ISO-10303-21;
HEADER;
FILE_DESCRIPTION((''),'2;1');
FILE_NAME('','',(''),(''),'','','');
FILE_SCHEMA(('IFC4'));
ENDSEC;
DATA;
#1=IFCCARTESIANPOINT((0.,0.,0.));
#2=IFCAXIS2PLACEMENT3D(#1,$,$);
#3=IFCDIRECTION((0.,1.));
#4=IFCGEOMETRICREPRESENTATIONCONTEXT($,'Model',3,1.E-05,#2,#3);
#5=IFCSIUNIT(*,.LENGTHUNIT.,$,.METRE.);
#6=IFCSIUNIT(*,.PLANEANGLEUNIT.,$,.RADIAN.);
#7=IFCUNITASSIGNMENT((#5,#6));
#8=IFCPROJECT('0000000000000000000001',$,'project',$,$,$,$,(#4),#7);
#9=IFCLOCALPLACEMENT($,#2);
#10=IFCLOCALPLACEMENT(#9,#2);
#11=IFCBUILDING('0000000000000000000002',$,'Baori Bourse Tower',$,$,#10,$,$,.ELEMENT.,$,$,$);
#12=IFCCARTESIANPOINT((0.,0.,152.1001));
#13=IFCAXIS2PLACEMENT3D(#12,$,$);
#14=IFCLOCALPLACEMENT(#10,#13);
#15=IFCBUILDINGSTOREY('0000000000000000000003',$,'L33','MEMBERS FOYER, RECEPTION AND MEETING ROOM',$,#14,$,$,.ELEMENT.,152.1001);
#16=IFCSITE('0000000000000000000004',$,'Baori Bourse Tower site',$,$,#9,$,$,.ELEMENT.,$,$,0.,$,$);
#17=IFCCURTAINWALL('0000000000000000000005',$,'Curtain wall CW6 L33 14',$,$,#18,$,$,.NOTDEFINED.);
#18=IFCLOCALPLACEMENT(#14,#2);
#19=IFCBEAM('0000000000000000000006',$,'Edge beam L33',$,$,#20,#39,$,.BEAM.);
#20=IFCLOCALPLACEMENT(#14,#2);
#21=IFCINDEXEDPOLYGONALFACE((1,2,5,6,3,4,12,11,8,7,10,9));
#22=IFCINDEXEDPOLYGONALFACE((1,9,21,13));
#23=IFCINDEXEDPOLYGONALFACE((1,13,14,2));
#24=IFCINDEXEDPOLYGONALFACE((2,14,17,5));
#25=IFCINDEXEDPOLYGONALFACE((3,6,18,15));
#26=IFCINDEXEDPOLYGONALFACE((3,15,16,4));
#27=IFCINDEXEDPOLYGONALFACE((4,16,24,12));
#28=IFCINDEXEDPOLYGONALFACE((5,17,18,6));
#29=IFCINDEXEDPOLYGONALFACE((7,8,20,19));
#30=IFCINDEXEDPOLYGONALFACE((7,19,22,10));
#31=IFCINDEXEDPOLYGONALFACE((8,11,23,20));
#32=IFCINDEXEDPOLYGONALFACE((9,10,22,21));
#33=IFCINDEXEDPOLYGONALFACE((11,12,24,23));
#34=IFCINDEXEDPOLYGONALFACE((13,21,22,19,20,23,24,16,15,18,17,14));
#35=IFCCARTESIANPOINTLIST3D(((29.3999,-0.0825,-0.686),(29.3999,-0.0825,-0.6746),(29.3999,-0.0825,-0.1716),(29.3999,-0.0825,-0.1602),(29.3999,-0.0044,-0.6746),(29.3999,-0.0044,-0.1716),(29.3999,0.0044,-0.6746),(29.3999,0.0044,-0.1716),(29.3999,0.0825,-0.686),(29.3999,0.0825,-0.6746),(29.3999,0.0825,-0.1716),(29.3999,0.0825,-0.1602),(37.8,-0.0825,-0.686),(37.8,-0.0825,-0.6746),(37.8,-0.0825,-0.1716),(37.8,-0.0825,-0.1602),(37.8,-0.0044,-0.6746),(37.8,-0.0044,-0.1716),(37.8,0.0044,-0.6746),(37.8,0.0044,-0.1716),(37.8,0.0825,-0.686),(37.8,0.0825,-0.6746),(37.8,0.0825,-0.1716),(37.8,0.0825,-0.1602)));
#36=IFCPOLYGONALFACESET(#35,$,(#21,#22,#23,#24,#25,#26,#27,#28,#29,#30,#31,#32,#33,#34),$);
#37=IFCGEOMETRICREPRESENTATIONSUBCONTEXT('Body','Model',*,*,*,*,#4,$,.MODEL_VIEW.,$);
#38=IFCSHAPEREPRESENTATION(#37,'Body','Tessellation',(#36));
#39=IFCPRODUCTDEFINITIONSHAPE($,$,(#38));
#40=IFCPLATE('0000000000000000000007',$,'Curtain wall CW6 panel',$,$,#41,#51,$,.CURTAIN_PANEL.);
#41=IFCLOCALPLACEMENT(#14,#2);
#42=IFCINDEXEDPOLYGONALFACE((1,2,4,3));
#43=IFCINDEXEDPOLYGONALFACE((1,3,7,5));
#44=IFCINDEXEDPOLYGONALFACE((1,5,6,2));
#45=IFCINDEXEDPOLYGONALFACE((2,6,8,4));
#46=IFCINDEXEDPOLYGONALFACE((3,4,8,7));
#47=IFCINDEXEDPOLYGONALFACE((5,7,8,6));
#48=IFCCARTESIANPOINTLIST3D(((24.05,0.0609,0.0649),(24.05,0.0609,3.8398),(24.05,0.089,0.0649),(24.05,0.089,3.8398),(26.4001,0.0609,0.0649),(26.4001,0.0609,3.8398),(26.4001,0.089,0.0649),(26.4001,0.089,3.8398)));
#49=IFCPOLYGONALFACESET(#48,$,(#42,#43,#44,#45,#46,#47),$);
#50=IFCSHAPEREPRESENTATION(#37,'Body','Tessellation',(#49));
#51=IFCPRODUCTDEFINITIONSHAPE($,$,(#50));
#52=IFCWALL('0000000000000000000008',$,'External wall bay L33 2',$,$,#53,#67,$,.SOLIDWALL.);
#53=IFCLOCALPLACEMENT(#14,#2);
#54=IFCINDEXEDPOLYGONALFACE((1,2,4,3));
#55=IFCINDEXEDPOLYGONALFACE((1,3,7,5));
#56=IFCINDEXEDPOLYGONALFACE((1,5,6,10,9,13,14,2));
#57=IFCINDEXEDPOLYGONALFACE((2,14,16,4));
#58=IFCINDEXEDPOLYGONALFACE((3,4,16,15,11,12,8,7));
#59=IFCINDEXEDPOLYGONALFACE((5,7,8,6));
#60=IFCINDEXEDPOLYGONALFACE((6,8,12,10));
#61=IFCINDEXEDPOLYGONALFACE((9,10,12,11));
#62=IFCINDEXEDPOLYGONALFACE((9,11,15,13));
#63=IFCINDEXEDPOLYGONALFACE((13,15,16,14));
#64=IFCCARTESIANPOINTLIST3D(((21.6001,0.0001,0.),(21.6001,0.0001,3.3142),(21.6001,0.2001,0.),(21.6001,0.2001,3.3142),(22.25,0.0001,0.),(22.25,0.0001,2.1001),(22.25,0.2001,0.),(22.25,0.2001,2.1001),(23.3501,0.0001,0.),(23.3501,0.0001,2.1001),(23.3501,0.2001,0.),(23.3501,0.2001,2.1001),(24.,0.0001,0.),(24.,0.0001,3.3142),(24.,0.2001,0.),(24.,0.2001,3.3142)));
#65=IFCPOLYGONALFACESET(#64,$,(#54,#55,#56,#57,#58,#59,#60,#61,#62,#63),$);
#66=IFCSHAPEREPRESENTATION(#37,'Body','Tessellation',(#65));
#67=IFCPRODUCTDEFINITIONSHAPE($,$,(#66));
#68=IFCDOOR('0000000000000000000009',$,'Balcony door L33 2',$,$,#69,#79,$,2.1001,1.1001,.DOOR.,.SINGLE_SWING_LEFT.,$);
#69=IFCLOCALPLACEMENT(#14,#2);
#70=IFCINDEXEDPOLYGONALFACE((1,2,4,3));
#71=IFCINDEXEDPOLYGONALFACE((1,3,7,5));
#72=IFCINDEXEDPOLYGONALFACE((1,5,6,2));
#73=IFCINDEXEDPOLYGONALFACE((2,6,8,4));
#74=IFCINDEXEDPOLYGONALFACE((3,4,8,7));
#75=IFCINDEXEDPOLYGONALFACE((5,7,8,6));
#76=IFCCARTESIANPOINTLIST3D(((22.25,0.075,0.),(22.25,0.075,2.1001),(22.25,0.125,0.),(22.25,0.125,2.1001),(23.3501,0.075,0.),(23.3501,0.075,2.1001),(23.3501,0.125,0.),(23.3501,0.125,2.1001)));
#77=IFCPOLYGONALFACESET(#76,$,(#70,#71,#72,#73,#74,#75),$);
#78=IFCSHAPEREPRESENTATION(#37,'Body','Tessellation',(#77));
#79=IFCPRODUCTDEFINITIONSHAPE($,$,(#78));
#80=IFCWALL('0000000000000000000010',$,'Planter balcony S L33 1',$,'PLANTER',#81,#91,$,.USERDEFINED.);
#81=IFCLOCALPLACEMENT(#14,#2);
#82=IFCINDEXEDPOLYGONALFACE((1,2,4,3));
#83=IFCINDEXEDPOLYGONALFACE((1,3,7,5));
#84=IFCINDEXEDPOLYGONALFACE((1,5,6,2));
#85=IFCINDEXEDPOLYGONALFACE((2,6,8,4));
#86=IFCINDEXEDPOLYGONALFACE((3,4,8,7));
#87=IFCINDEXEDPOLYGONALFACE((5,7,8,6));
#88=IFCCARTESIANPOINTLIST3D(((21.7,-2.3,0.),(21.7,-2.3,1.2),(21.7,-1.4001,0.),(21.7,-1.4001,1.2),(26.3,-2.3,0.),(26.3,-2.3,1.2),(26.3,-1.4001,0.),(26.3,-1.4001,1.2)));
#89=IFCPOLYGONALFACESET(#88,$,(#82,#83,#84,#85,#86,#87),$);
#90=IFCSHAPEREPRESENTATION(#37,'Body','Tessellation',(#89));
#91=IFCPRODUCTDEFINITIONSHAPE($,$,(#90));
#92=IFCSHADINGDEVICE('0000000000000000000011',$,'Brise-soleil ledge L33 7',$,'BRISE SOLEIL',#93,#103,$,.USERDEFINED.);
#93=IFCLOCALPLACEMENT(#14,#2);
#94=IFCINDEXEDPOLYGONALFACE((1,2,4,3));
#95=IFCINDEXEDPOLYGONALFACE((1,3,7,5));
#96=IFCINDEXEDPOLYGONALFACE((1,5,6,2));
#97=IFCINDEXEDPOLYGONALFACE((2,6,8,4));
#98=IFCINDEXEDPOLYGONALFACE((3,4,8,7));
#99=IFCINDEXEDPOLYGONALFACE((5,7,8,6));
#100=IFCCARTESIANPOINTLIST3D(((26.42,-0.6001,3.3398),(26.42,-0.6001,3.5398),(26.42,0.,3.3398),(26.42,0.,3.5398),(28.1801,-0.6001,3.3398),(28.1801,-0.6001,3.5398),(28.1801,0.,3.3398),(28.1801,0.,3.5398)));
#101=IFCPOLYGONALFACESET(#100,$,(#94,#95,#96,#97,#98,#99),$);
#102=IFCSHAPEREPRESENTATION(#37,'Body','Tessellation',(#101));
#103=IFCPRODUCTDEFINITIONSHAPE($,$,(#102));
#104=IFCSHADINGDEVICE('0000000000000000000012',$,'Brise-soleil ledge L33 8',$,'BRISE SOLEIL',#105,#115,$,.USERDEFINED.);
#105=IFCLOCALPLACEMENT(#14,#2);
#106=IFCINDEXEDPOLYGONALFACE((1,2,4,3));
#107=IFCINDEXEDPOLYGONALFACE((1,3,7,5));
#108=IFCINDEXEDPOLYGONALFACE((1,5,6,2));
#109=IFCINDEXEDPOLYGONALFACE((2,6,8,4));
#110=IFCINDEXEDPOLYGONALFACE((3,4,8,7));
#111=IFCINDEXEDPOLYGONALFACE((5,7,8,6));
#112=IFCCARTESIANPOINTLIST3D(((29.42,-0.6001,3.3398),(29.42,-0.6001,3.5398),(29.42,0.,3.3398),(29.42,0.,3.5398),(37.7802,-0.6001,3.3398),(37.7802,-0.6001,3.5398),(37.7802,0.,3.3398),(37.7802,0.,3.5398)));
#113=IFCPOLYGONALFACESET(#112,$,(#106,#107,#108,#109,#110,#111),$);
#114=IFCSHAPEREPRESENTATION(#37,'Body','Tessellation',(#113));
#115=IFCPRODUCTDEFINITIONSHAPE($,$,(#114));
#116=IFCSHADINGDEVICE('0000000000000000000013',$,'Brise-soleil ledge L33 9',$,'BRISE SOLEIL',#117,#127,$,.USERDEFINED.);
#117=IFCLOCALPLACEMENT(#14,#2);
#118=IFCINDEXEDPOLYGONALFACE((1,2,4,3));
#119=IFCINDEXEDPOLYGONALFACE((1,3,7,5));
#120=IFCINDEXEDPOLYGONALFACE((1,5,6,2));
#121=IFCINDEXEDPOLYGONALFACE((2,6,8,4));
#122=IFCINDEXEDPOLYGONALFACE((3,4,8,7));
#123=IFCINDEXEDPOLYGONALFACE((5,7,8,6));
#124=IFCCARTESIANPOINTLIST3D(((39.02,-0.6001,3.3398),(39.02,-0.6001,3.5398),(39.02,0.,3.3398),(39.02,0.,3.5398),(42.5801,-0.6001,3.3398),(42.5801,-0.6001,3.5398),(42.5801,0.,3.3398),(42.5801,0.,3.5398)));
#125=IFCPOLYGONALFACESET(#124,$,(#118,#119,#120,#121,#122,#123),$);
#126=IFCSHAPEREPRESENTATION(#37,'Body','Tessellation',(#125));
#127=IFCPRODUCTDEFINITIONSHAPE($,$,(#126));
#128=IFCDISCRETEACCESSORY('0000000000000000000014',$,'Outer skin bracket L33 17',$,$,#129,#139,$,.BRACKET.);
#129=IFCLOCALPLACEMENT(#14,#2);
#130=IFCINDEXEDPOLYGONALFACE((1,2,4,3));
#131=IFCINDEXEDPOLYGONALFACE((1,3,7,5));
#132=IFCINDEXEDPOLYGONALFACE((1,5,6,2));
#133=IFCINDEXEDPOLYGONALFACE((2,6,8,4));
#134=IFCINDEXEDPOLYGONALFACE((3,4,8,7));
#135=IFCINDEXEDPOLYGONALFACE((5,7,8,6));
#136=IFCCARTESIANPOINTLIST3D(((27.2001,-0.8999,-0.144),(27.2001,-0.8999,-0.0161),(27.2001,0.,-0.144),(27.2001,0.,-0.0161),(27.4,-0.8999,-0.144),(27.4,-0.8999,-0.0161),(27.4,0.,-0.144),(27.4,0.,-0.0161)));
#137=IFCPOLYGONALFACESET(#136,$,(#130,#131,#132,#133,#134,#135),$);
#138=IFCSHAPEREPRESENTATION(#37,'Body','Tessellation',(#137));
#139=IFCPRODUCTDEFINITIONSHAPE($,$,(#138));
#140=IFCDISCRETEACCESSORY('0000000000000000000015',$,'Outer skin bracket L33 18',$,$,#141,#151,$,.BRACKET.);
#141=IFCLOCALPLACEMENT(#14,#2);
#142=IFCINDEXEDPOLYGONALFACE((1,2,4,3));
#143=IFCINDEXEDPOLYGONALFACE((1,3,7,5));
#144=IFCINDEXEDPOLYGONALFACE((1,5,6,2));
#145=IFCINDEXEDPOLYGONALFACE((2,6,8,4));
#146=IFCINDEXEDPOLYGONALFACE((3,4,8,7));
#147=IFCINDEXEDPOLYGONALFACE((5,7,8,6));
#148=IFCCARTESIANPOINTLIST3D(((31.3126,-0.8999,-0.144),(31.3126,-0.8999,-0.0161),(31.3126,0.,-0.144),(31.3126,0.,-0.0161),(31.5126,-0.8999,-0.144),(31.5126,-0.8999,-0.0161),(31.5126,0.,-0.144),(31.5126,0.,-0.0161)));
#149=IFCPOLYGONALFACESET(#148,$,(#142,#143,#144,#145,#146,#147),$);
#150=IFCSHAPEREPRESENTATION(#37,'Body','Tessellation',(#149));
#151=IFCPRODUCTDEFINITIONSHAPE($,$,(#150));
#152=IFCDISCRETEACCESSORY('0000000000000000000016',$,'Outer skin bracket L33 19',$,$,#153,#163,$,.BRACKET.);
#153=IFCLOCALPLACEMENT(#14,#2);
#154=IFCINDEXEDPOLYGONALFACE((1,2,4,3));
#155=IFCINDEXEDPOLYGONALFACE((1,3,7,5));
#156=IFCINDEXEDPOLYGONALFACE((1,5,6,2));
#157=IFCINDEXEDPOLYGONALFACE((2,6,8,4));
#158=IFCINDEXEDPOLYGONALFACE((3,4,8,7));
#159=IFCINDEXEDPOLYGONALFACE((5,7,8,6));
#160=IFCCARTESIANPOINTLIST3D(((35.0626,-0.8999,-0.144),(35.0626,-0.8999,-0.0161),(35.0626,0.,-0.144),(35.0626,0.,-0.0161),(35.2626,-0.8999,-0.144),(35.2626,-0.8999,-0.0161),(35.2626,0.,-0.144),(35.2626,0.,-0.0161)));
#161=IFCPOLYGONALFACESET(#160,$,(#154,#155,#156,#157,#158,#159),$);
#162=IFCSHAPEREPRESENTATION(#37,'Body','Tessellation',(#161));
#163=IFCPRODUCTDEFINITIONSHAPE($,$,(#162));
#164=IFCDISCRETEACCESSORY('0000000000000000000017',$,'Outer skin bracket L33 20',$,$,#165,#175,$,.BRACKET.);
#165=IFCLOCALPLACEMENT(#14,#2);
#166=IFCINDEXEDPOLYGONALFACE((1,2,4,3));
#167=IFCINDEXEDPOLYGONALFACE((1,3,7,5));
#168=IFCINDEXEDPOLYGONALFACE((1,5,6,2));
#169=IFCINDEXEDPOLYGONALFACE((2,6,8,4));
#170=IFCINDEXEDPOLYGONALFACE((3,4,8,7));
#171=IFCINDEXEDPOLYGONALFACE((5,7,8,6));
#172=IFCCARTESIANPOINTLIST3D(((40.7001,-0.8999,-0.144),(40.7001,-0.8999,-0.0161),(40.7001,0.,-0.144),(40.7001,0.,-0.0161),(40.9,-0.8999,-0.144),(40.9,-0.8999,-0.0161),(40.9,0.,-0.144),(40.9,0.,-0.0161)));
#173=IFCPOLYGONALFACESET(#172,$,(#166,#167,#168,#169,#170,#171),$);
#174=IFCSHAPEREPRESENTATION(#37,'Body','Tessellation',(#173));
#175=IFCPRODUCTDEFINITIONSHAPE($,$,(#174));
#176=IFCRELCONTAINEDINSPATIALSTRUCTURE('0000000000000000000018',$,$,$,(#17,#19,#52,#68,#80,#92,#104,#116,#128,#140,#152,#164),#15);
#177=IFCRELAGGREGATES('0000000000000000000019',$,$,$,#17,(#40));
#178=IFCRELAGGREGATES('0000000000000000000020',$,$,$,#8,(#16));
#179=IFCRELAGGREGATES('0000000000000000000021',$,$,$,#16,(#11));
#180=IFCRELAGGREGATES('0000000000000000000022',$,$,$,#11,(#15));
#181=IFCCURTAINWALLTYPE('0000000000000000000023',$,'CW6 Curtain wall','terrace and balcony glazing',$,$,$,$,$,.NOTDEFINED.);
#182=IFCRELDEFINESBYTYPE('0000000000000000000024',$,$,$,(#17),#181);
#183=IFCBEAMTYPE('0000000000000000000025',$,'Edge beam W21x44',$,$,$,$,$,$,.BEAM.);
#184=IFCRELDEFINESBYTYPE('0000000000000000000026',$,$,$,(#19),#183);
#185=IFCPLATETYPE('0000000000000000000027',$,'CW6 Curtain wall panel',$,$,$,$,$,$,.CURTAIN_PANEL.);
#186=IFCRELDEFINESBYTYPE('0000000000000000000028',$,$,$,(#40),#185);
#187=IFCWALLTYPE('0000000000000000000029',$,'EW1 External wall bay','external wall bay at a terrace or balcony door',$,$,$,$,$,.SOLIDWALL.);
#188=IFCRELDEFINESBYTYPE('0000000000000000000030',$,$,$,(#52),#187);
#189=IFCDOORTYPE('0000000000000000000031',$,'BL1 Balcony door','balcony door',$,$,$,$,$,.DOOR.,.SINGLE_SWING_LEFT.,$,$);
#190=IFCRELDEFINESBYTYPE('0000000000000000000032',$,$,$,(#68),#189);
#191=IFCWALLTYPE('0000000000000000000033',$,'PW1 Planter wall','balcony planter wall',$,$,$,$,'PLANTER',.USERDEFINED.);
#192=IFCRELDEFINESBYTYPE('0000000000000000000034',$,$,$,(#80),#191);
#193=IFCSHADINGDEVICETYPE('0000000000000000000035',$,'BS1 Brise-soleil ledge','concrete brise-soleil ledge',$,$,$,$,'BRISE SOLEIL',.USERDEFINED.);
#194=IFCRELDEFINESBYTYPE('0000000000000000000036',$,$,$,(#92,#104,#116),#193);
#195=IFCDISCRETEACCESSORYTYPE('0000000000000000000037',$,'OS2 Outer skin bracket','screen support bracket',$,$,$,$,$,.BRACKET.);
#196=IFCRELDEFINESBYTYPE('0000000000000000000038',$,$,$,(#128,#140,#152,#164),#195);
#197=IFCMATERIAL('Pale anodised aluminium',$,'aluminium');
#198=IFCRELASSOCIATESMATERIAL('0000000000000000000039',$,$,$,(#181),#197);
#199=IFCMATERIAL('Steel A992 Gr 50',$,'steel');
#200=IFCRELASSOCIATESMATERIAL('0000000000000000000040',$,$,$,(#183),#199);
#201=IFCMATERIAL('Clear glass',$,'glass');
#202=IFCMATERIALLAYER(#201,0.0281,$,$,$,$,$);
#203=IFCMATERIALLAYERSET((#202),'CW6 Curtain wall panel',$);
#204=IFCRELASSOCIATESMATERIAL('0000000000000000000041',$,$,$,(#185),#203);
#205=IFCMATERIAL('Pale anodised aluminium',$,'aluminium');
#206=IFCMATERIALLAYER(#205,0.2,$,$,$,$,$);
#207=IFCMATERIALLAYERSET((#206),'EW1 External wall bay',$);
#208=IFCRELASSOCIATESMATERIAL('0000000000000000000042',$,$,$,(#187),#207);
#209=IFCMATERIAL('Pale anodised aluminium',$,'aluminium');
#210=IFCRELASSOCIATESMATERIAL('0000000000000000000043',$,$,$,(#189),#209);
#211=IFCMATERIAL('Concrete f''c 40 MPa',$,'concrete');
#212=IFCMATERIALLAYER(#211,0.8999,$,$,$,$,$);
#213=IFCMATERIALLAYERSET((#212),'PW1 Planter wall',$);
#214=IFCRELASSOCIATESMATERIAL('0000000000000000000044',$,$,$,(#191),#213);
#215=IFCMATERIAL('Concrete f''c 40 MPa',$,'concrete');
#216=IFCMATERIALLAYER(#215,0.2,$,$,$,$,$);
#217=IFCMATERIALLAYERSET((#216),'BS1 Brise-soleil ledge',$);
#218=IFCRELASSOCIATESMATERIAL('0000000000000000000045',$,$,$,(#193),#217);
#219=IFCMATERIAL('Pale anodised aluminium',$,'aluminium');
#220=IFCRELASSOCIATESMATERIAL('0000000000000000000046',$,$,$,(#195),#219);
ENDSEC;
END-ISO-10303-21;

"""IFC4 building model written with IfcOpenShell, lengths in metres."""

from ifc_helpers import new_model, si_unit, direction, frame, frame_2d, origin, origin_2d, place, context, subcontext, project, spatial, rectangle, i_section, extrude, material, layer, layer_set, material_profile, profile_set, type_object, element, fill, aggregate, save


model = new_model("IFC4")

# Units and contexts
model_context = context("Model", 3, precision=1e-05, world=origin(), true_north=direction((0.0, 1.0)))
body_context = subcontext(model_context, "Body", "Model", "MODEL_VIEW")
ifc_project = project(units=[si_unit("LENGTHUNIT", "METRE"), si_unit("PLANEANGLEUNIT", "RADIAN")], contexts=[model_context])

# Site, building, storey
site_placement = place(None, origin())
site = spatial("IfcSite", under=ifc_project, at=site_placement, Name="Baori Bourse Tower site", CompositionType="ELEMENT", RefElevation=0.0)
building_placement = place(site_placement, origin())
building = spatial("IfcBuilding", under=site, at=building_placement, Name="Baori Bourse Tower", CompositionType="ELEMENT")
storey_placement = place(building_placement, frame((0.0, 0.0, 152.1001)))
storey = spatial("IfcBuildingStorey", under=building, at=storey_placement, Name="L33", Description="MEMBERS FOYER, RECEPTION AND MEETING ROOM", CompositionType="ELEMENT", Elevation=152.1001)

# Curtain wall
ifc_material_1 = material(Name="Pale anodised aluminium", Category="aluminium")
curtain_wall_type = type_object("IfcCurtainWallType", Name="CW6 Curtain wall", Description="terrace and balcony glazing", PredefinedType="NOTDEFINED", material=ifc_material_1)
curtain_wall_placement = place(storey_placement, origin())
curtain_wall = element("IfcCurtainWall", 1, at=curtain_wall_placement, inside=storey, type_object=curtain_wall_type, Name="Curtain wall CW6 L33 14", PredefinedType="NOTDEFINED")

# Beam
ifc_material_2 = material(Name="Steel A992 Gr 50", Category="steel")
ifc_material_profile_1 = material_profile(ifc_material_2, i_section(OverallWidth=0.165, OverallDepth=0.5259, WebThickness=0.0088, FlangeThickness=0.0115, at=origin_2d()), Name="W21x44")
ifc_profile_set_1 = profile_set([ifc_material_profile_1], Name="Steel A992 Gr 50")
beam_type_1 = type_object("IfcBeamType", Name="Edge beam W21x44", PredefinedType="BEAM", material=ifc_profile_set_1)
beam_1_placement = place(storey_placement, frame((29.3999, 0.0, -0.4231), z_axis=(1.0, 0.0, 0.0), x_axis=(0.0, 1.0, 0.0)))
element("IfcBeam", 2, at=beam_1_placement, inside=storey, type_object=beam_type_1, Name="Edge beam L33", PredefinedType="BEAM", context=body_context, shape_type="SweptSolid", body=[
    extrude(i_section(OverallWidth=0.165, OverallDepth=0.5259, WebThickness=0.0088, FlangeThickness=0.0115, at=origin_2d()), origin(), (0.0, 0.0, 1.0), 8.4001),
])

# Plate
ifc_material_3 = material(Name="Clear glass", Category="glass")
ifc_layer_1 = layer(ifc_material_3, 0.0281)
ifc_layer_set_1 = layer_set([ifc_layer_1], Name="CW6 Curtain wall panel")
plate_type = type_object("IfcPlateType", Name="CW6 Curtain wall panel", PredefinedType="CURTAIN_PANEL", material=ifc_layer_set_1)
plate_placement = place(storey_placement, frame((25.2251, 0.075, 0.0649), z_axis=(0.0, 0.0, 1.0), x_axis=(1.0, 0.0, 0.0)))
plate = element("IfcPlate", 3, at=plate_placement, type_object=plate_type, Name="Curtain wall CW6 panel", PredefinedType="CURTAIN_PANEL", context=body_context, shape_type="SweptSolid", body=[
    extrude(rectangle(XDim=2.3501, YDim=0.0281, at=origin_2d()), origin(), (0.0, 0.0, 1.0), 3.7749),
])
aggregate(curtain_wall, [plate])

# Wall, opening, door
ifc_material_4 = material(Name="Pale anodised aluminium", Category="aluminium")
ifc_layer_2 = layer(ifc_material_4, 0.2)
ifc_layer_set_2 = layer_set([ifc_layer_2], Name="EW1 External wall bay")
wall_type_1 = type_object("IfcWallType", Name="EW1 External wall bay", Description="external wall bay at a terrace or balcony door", PredefinedType="SOLIDWALL", material=ifc_layer_set_2)
wall_1_placement = place(storey_placement, frame((21.6001, 0.1001, 0.0), z_axis=(0.0, 0.0, 1.0), x_axis=(1.0, 0.0, 0.0)))
wall_1 = element("IfcWall", 4, at=wall_1_placement, inside=storey, type_object=wall_type_1, Name="External wall bay L33 2", PredefinedType="SOLIDWALL", context=body_context, shape_type="SweptSolid", body=[
    extrude(rectangle(XDim=2.3999, YDim=0.2, at=frame_2d((1.2, 0.0))), origin(), (0.0, 0.0, 1.0), 3.3142),
])
opening_placement = place(wall_1_placement, frame((0.6499, 0.0, 0.0)))
opening = element("IfcOpeningElement", 5, at=opening_placement, cuts=wall_1, PredefinedType="OPENING", context=body_context, shape_type="SweptSolid", body=[
    extrude(rectangle(XDim=1.1001, YDim=2.1001, at=frame_2d((0.55, 1.05))), frame((0.0, 0.1099, 0.0), z_axis=(0.0, -1.0, 0.0), x_axis=(1.0, 0.0, 0.0)), (0.0, 0.0, 1.0), 0.22),
])
ifc_material_5 = material(Name="Pale anodised aluminium", Category="aluminium")
door_type = type_object("IfcDoorType", Name="BL1 Balcony door", Description="balcony door", OperationType="SINGLE_SWING_LEFT", PredefinedType="DOOR", material=ifc_material_5)
door_placement = place(opening_placement, origin())
door = element("IfcDoor", 6, at=door_placement, inside=storey, type_object=door_type, Name="Balcony door L33 2", OperationType="SINGLE_SWING_LEFT", OverallHeight=2.1001, OverallWidth=1.1001, PredefinedType="DOOR", context=body_context, shape_type="SweptSolid", body=[
    extrude(rectangle(XDim=1.1001, YDim=2.1001, at=frame_2d((0.55, 1.05))), frame((0.0, 0.0249, 0.0), z_axis=(0.0, -1.0, 0.0), x_axis=(1.0, 0.0, 0.0)), (0.0, 0.0, 1.0), 0.05),
])
fill(opening, door)

# Wall
ifc_material_6 = material(Name="Concrete f'c 40 MPa", Category="concrete")
ifc_layer_3 = layer(ifc_material_6, 0.8999)
ifc_layer_set_3 = layer_set([ifc_layer_3], Name="PW1 Planter wall")
wall_type_2 = type_object("IfcWallType", Name="PW1 Planter wall", Description="balcony planter wall", ElementType="PLANTER", PredefinedType="USERDEFINED", material=ifc_layer_set_3)
wall_2_placement = place(storey_placement, frame((21.7, -1.8501, 0.0), z_axis=(0.0, 0.0, 1.0), x_axis=(1.0, 0.0, 0.0)))
element("IfcWall", 7, at=wall_2_placement, inside=storey, type_object=wall_type_2, Name="Planter balcony S L33 1", ObjectType="PLANTER", PredefinedType="USERDEFINED", context=body_context, shape_type="SweptSolid", body=[
    extrude(rectangle(XDim=4.6001, YDim=0.8999, at=frame_2d((2.3, 0.0))), origin(), (0.0, 0.0, 1.0), 1.2),
])

# Shading devices
ifc_material_7 = material(Name="Concrete f'c 40 MPa", Category="concrete")
ifc_layer_4 = layer(ifc_material_7, 0.2)
ifc_layer_set_4 = layer_set([ifc_layer_4], Name="BS1 Brise-soleil ledge")
shading_device_type = type_object("IfcShadingDeviceType", Name="BS1 Brise-soleil ledge", Description="concrete brise-soleil ledge", ElementType="BRISE SOLEIL", PredefinedType="USERDEFINED", material=ifc_layer_set_4)
shading_device_1_placement = place(storey_placement, frame((27.3, -0.3, 3.3398), z_axis=(0.0, 0.0, 1.0), x_axis=(1.0, 0.0, 0.0)))
element("IfcShadingDevice", 8, at=shading_device_1_placement, inside=storey, type_object=shading_device_type, Name="Brise-soleil ledge L33 7", ObjectType="BRISE SOLEIL", PredefinedType="USERDEFINED", context=body_context, shape_type="SweptSolid", body=[
    extrude(rectangle(XDim=1.76, YDim=0.6001, at=origin_2d()), origin(), (0.0, 0.0, 1.0), 0.2),
])
shading_device_2_placement = place(storey_placement, frame((33.6001, -0.3, 3.3398), z_axis=(0.0, 0.0, 1.0), x_axis=(1.0, 0.0, 0.0)))
element("IfcShadingDevice", 9, at=shading_device_2_placement, inside=storey, type_object=shading_device_type, Name="Brise-soleil ledge L33 8", ObjectType="BRISE SOLEIL", PredefinedType="USERDEFINED", context=body_context, shape_type="SweptSolid", body=[
    extrude(rectangle(XDim=8.3601, YDim=0.6001, at=origin_2d()), origin(), (0.0, 0.0, 1.0), 0.2),
])
shading_device_3_placement = place(storey_placement, frame((40.8, -0.3, 3.3398), z_axis=(0.0, 0.0, 1.0), x_axis=(1.0, 0.0, 0.0)))
element("IfcShadingDevice", 10, at=shading_device_3_placement, inside=storey, type_object=shading_device_type, Name="Brise-soleil ledge L33 9", ObjectType="BRISE SOLEIL", PredefinedType="USERDEFINED", context=body_context, shape_type="SweptSolid", body=[
    extrude(rectangle(XDim=3.5601, YDim=0.6001, at=origin_2d()), origin(), (0.0, 0.0, 1.0), 0.2),
])

# Discrete accessories
ifc_material_8 = material(Name="Pale anodised aluminium", Category="aluminium")
discrete_accessory_type = type_object("IfcDiscreteAccessoryType", Name="OS2 Outer skin bracket", Description="screen support bracket", PredefinedType="BRACKET", material=ifc_material_8)
for number, where, z_axis, x_axis, name in (
    (11, (27.3, -0.45, -0.144), (0.0, 0.0, 1.0), (1.0, 0.0, 0.0), "Outer skin bracket L33 17"),
    (12, (31.4126, -0.45, -0.144), (0.0, 0.0, 1.0), (1.0, 0.0, 0.0), "Outer skin bracket L33 18"),
    (13, (35.1626, -0.45, -0.144), (0.0, 0.0, 1.0), (1.0, 0.0, 0.0), "Outer skin bracket L33 19"),
    (14, (40.8, -0.45, -0.144), (0.0, 0.0, 1.0), (1.0, 0.0, 0.0), "Outer skin bracket L33 20"),
):
    element("IfcDiscreteAccessory", number, at=place(storey_placement, frame(where, z_axis=z_axis, x_axis=x_axis)), inside=storey, type_object=discrete_accessory_type, Name=name, PredefinedType="BRACKET", context=body_context, shape_type="SweptSolid", body=[
        extrude(rectangle(XDim=0.2, YDim=0.8999, at=origin_2d()), origin(), (0.0, 0.0, 1.0), 0.1279),
    ])

save(model, "model.ifc")
